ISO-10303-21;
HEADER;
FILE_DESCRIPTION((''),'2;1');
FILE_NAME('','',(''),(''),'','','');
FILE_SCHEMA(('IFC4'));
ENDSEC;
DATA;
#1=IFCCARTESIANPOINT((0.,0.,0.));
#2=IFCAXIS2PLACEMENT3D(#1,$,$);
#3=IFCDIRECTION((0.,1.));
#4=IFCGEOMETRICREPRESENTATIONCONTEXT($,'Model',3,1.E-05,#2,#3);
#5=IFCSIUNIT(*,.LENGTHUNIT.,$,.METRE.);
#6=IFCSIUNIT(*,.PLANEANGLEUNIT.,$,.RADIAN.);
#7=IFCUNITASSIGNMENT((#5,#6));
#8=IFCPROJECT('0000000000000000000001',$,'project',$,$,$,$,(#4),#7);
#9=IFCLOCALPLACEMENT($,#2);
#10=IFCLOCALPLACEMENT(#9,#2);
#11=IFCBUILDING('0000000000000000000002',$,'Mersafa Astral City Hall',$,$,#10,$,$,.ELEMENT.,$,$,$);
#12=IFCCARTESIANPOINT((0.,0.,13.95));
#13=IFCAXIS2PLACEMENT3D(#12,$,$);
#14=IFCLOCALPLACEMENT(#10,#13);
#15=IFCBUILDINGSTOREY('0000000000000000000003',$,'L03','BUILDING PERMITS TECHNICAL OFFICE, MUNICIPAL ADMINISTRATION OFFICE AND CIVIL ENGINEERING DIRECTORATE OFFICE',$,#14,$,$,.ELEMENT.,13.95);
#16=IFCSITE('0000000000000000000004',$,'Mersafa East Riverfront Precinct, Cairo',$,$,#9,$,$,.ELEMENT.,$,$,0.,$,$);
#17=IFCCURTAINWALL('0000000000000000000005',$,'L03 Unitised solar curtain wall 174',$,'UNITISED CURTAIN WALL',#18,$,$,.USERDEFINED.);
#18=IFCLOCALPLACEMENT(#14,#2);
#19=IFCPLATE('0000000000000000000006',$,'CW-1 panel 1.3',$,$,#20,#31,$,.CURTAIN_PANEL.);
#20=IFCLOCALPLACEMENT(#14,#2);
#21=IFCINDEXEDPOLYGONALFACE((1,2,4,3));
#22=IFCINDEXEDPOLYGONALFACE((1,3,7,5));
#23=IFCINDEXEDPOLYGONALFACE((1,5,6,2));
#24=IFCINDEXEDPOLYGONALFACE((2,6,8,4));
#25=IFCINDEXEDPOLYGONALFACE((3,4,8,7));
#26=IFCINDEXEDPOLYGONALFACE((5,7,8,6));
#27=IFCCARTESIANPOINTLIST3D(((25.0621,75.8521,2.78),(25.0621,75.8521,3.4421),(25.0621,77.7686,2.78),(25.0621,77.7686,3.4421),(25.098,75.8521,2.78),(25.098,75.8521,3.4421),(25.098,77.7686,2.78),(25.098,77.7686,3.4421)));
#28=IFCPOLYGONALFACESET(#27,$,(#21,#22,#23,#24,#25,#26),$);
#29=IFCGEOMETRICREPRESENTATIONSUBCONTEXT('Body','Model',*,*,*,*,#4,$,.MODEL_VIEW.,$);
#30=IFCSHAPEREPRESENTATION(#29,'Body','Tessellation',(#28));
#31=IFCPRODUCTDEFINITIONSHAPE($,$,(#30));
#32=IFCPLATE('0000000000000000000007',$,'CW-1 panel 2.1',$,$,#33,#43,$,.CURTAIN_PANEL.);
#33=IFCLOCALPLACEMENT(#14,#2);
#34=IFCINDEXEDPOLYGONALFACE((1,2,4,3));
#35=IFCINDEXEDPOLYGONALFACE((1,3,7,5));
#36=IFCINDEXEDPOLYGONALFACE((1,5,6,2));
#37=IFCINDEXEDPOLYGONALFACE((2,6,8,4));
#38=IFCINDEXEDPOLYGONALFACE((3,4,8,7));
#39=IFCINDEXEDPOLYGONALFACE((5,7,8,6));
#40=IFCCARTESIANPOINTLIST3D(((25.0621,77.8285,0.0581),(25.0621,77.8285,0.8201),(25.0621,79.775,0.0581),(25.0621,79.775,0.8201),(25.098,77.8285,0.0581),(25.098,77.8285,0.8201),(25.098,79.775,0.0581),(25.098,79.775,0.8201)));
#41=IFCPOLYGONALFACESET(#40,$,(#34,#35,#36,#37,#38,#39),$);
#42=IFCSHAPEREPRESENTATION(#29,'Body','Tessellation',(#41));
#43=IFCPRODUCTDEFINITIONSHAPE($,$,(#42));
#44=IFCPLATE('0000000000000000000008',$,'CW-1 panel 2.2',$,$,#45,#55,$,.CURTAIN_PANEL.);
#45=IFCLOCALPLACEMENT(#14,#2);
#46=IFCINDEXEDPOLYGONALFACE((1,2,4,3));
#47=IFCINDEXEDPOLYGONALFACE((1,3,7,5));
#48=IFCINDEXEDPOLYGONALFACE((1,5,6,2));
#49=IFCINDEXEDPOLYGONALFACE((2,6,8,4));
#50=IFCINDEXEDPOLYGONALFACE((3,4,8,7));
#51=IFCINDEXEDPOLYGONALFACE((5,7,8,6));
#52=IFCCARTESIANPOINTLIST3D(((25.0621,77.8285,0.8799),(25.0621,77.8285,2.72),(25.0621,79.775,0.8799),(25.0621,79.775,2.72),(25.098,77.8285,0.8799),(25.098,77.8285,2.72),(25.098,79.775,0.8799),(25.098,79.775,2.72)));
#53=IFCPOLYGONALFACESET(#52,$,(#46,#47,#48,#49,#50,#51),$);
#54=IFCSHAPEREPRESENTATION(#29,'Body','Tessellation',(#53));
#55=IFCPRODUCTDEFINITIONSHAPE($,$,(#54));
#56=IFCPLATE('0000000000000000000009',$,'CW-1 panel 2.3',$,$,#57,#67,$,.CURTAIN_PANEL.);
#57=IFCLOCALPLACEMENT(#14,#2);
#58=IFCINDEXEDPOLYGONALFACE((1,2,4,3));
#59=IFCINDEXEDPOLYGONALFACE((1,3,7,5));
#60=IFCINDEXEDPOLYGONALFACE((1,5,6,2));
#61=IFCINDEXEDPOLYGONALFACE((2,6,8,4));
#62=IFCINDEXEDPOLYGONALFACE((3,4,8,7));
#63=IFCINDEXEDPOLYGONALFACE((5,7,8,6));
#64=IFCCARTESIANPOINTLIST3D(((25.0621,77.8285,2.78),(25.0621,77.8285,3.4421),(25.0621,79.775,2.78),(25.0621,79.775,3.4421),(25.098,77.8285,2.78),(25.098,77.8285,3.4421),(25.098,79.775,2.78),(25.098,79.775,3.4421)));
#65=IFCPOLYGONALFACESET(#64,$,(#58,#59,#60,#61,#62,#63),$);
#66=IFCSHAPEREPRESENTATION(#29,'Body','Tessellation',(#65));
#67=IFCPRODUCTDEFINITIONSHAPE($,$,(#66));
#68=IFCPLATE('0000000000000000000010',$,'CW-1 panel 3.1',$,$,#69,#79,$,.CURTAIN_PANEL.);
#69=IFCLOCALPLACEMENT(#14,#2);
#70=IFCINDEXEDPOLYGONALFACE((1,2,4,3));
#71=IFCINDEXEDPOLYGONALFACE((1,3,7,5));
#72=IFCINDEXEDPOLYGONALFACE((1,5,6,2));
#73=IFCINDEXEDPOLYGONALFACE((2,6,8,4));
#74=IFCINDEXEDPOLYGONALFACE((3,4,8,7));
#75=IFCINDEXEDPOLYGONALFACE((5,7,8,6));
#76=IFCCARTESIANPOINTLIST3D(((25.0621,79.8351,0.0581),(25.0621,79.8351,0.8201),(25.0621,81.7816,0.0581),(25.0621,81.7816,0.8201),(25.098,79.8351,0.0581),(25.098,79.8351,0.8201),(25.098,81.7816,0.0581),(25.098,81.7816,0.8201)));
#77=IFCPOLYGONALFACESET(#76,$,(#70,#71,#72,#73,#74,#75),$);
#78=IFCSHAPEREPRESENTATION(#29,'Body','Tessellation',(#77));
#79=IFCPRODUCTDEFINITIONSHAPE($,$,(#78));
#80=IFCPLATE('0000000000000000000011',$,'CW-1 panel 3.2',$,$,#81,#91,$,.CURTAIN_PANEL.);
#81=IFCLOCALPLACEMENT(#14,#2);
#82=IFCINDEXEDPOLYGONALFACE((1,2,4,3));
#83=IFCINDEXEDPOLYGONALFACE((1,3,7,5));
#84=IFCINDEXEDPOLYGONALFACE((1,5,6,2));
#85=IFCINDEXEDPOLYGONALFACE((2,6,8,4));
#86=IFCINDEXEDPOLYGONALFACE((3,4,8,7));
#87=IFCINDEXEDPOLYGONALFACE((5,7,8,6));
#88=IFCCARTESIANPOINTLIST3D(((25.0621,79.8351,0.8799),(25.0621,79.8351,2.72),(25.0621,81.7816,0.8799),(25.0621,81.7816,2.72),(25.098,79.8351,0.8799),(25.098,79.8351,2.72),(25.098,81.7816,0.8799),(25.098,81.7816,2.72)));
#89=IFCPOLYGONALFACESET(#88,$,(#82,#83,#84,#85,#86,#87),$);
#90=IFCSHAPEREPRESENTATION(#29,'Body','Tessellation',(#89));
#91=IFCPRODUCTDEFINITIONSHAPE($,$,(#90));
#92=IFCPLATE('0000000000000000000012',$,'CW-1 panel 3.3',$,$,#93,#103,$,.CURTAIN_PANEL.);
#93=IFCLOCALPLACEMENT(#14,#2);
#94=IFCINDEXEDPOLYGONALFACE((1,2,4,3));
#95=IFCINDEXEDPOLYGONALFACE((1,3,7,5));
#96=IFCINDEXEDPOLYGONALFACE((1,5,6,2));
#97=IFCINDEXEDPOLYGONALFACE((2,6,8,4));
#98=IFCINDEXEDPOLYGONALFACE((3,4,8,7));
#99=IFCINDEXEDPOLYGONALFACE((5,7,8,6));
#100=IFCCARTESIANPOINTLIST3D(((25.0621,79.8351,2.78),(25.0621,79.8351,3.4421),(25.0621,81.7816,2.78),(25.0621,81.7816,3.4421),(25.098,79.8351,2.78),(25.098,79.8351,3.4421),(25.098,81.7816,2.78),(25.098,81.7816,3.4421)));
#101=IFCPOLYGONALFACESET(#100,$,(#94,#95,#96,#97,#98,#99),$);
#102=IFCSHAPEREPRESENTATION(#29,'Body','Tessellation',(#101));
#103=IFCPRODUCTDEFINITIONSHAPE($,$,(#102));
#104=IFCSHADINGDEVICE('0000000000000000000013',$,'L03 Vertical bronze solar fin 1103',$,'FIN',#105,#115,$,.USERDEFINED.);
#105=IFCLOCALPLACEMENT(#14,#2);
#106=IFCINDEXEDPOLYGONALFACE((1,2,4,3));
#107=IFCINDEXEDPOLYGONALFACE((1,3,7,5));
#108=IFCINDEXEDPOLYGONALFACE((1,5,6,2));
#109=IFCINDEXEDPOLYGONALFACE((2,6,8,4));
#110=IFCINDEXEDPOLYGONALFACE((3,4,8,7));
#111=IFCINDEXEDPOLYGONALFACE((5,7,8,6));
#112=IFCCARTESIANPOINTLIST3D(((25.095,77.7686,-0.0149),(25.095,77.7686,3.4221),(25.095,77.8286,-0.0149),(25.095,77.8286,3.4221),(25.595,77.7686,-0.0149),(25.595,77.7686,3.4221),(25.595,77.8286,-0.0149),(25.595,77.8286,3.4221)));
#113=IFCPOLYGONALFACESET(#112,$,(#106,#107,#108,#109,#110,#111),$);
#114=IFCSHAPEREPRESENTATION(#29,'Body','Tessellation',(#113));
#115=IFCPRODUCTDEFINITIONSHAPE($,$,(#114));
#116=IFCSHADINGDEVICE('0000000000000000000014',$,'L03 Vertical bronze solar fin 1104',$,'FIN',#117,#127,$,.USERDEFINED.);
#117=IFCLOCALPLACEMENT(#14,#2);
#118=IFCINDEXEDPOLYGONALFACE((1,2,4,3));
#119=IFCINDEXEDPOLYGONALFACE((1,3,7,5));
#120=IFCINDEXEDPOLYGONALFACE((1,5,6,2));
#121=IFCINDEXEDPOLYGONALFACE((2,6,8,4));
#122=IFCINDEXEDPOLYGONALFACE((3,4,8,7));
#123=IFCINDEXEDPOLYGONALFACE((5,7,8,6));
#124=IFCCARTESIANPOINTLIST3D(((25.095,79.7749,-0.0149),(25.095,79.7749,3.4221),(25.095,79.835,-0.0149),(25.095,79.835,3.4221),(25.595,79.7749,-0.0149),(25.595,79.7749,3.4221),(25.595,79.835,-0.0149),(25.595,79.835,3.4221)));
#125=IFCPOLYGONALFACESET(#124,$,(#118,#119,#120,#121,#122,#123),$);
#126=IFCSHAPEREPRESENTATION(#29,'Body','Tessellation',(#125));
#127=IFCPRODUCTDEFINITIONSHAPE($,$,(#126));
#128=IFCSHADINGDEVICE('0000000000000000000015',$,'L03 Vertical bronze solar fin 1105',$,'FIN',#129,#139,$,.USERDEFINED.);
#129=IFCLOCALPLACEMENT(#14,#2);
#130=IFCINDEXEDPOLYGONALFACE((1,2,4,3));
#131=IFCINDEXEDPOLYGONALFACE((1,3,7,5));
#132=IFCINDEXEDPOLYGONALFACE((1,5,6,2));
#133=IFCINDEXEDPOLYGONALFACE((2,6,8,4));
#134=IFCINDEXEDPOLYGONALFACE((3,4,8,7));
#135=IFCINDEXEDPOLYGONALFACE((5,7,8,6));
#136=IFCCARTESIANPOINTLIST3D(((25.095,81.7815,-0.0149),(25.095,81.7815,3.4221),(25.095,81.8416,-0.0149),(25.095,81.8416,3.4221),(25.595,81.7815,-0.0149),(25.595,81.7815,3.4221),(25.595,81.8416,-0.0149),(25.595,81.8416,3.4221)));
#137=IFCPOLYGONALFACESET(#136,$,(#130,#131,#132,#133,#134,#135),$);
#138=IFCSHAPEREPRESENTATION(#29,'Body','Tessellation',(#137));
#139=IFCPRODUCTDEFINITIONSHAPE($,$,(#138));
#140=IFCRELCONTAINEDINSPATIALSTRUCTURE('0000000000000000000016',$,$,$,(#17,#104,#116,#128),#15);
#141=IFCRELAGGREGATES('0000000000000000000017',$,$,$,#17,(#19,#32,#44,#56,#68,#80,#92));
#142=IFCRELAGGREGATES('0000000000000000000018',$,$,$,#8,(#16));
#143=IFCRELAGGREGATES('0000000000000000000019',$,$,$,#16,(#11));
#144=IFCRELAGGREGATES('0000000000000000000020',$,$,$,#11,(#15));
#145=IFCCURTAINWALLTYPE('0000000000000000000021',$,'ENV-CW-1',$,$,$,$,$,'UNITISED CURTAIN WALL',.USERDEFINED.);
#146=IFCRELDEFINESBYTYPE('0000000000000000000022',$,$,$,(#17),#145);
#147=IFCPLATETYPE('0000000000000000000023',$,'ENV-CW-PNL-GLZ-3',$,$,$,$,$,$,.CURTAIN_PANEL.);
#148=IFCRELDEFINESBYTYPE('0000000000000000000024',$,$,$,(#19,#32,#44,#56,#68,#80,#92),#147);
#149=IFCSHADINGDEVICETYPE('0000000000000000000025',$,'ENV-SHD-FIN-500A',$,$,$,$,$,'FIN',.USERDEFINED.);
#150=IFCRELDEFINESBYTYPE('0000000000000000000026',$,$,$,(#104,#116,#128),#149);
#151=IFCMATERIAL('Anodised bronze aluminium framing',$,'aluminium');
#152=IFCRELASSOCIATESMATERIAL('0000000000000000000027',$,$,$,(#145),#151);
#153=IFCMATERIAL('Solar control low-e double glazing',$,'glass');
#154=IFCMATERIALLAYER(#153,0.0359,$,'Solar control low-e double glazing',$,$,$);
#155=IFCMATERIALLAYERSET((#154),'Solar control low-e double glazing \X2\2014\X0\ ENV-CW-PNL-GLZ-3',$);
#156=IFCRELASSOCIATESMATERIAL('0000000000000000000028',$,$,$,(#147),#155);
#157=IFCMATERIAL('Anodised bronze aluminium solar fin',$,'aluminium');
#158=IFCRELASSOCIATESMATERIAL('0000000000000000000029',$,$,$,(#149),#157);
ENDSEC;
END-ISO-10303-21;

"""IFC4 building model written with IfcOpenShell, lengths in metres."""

from ifc_helpers import new_model, si_unit, direction, frame, origin, origin_2d, place, context, subcontext, project, spatial, rectangle, extrude, material, layer, layer_set, type_object, element, aggregate, save


model = new_model("IFC4")

# Units and contexts
model_context = context("Model", 3, precision=1e-05, world=origin(), true_north=direction((0.0, 1.0)))
body_context = subcontext(model_context, "Body", "Model", "MODEL_VIEW")
ifc_project = project(units=[si_unit("LENGTHUNIT", "METRE"), si_unit("PLANEANGLEUNIT", "RADIAN")], contexts=[model_context])

# Site, building, storey
site_placement = place(None, origin())
site = spatial("IfcSite", under=ifc_project, at=site_placement, Name="Mersafa East Riverfront Precinct, Cairo", CompositionType="ELEMENT", RefElevation=0.0)
building_placement = place(site_placement, origin())
building = spatial("IfcBuilding", under=site, at=building_placement, Name="Mersafa Astral City Hall", CompositionType="ELEMENT")
storey_placement = place(building_placement, frame((0.0, 0.0, 13.95)))
storey = spatial("IfcBuildingStorey", under=building, at=storey_placement, Name="L03", Description="BUILDING PERMITS TECHNICAL OFFICE, MUNICIPAL ADMINISTRATION OFFICE AND CIVIL ENGINEERING DIRECTORATE OFFICE", CompositionType="ELEMENT", Elevation=13.95)

# Curtain wall, plates
ifc_material_1 = material(Name="Anodised bronze aluminium framing", Category="aluminium")
curtain_wall_type = type_object("IfcCurtainWallType", Name="ENV-CW-1", ElementType="UNITISED CURTAIN WALL", PredefinedType="USERDEFINED", material=ifc_material_1)
curtain_wall_placement = place(storey_placement, origin())
curtain_wall = element("IfcCurtainWall", 1, at=curtain_wall_placement, inside=storey, type_object=curtain_wall_type, Name="L03 Unitised solar curtain wall 174", ObjectType="UNITISED CURTAIN WALL", PredefinedType="USERDEFINED")
ifc_material_2 = material(Name="Solar control low-e double glazing", Category="glass")
ifc_layer = layer(ifc_material_2, 0.0359, Name="Solar control low-e double glazing")
ifc_layer_set = layer_set([ifc_layer], Name="Solar control low-e double glazing — ENV-CW-PNL-GLZ-3")
plate_type = type_object("IfcPlateType", Name="ENV-CW-PNL-GLZ-3", PredefinedType="CURTAIN_PANEL", material=ifc_layer_set)
plate_1_placement = place(storey_placement, frame((25.0801, 76.8103, 2.78), z_axis=(0.0, 0.0, 1.0), x_axis=(0.0, 1.0, 0.0)))
plate_1 = element("IfcPlate", 2, at=plate_1_placement, type_object=plate_type, Name="CW-1 panel 1.3", PredefinedType="CURTAIN_PANEL", context=body_context, shape_type="SweptSolid", body=[
    extrude(rectangle(XDim=1.9165, YDim=0.0359, at=origin_2d()), origin(), (0.0, 0.0, 1.0), 0.6621),
])
plate_2_placement = place(storey_placement, frame((25.0801, 78.8018, 0.0581), z_axis=(0.0, 0.0, 1.0), x_axis=(0.0, 1.0, 0.0)))
plate_2 = element("IfcPlate", 3, at=plate_2_placement, type_object=plate_type, Name="CW-1 panel 2.1", PredefinedType="CURTAIN_PANEL", context=body_context, shape_type="SweptSolid", body=[
    extrude(rectangle(XDim=1.9465, YDim=0.0359, at=origin_2d()), origin(), (0.0, 0.0, 1.0), 0.762),
])
plate_3_placement = place(storey_placement, frame((25.0801, 78.8018, 0.8799), z_axis=(0.0, 0.0, 1.0), x_axis=(0.0, 1.0, 0.0)))
plate_3 = element("IfcPlate", 4, at=plate_3_placement, type_object=plate_type, Name="CW-1 panel 2.2", PredefinedType="CURTAIN_PANEL", context=body_context, shape_type="SweptSolid", body=[
    extrude(rectangle(XDim=1.9465, YDim=0.0359, at=origin_2d()), origin(), (0.0, 0.0, 1.0), 1.8401),
])
plate_4_placement = place(storey_placement, frame((25.0801, 78.8018, 2.78), z_axis=(0.0, 0.0, 1.0), x_axis=(0.0, 1.0, 0.0)))
plate_4 = element("IfcPlate", 5, at=plate_4_placement, type_object=plate_type, Name="CW-1 panel 2.3", PredefinedType="CURTAIN_PANEL", context=body_context, shape_type="SweptSolid", body=[
    extrude(rectangle(XDim=1.9465, YDim=0.0359, at=origin_2d()), origin(), (0.0, 0.0, 1.0), 0.6621),
])
plate_5_placement = place(storey_placement, frame((25.0801, 80.8083, 0.0581), z_axis=(0.0, 0.0, 1.0), x_axis=(0.0, 1.0, 0.0)))
plate_5 = element("IfcPlate", 6, at=plate_5_placement, type_object=plate_type, Name="CW-1 panel 3.1", PredefinedType="CURTAIN_PANEL", context=body_context, shape_type="SweptSolid", body=[
    extrude(rectangle(XDim=1.9465, YDim=0.0359, at=origin_2d()), origin(), (0.0, 0.0, 1.0), 0.762),
])
plate_6_placement = place(storey_placement, frame((25.0801, 80.8083, 0.8799), z_axis=(0.0, 0.0, 1.0), x_axis=(0.0, 1.0, 0.0)))
plate_6 = element("IfcPlate", 7, at=plate_6_placement, type_object=plate_type, Name="CW-1 panel 3.2", PredefinedType="CURTAIN_PANEL", context=body_context, shape_type="SweptSolid", body=[
    extrude(rectangle(XDim=1.9465, YDim=0.0359, at=origin_2d()), origin(), (0.0, 0.0, 1.0), 1.8401),
])
plate_7_placement = place(storey_placement, frame((25.0801, 80.8083, 2.78), z_axis=(0.0, 0.0, 1.0), x_axis=(0.0, 1.0, 0.0)))
plate_7 = element("IfcPlate", 8, at=plate_7_placement, type_object=plate_type, Name="CW-1 panel 3.3", PredefinedType="CURTAIN_PANEL", context=body_context, shape_type="SweptSolid", body=[
    extrude(rectangle(XDim=1.9465, YDim=0.0359, at=origin_2d()), origin(), (0.0, 0.0, 1.0), 0.6621),
])
aggregate(curtain_wall, [plate_1, plate_2, plate_3, plate_4, plate_5, plate_6, plate_7])

# Shading devices
ifc_material_3 = material(Name="Anodised bronze aluminium solar fin", Category="aluminium")
shading_device_type = type_object("IfcShadingDeviceType", Name="ENV-SHD-FIN-500A", ElementType="FIN", PredefinedType="USERDEFINED", material=ifc_material_3)
for number, where, z_axis, x_axis, name in (
    (9, (25.345, 77.7986, -0.0149), (0.0, 0.0, 1.0), (0.0, 1.0, 0.0), "L03 Vertical bronze solar fin 1103"),
    (10, (25.345, 79.8049, -0.0149), (0.0, 0.0, 1.0), (0.0, 1.0, 0.0), "L03 Vertical bronze solar fin 1104"),
    (11, (25.345, 81.8115, -0.0149), (0.0, 0.0, 1.0), (0.0, 1.0, 0.0), "L03 Vertical bronze solar fin 1105"),
):
    element("IfcShadingDevice", number, at=place(storey_placement, frame(where, z_axis=z_axis, x_axis=x_axis)), inside=storey, type_object=shading_device_type, Name=name, ObjectType="FIN", PredefinedType="USERDEFINED", context=body_context, shape_type="SweptSolid", body=[
        extrude(rectangle(XDim=0.0601, YDim=0.5, at=origin_2d()), origin(), (0.0, 0.0, 1.0), 3.437),
    ])

save(model, "model.ifc")
